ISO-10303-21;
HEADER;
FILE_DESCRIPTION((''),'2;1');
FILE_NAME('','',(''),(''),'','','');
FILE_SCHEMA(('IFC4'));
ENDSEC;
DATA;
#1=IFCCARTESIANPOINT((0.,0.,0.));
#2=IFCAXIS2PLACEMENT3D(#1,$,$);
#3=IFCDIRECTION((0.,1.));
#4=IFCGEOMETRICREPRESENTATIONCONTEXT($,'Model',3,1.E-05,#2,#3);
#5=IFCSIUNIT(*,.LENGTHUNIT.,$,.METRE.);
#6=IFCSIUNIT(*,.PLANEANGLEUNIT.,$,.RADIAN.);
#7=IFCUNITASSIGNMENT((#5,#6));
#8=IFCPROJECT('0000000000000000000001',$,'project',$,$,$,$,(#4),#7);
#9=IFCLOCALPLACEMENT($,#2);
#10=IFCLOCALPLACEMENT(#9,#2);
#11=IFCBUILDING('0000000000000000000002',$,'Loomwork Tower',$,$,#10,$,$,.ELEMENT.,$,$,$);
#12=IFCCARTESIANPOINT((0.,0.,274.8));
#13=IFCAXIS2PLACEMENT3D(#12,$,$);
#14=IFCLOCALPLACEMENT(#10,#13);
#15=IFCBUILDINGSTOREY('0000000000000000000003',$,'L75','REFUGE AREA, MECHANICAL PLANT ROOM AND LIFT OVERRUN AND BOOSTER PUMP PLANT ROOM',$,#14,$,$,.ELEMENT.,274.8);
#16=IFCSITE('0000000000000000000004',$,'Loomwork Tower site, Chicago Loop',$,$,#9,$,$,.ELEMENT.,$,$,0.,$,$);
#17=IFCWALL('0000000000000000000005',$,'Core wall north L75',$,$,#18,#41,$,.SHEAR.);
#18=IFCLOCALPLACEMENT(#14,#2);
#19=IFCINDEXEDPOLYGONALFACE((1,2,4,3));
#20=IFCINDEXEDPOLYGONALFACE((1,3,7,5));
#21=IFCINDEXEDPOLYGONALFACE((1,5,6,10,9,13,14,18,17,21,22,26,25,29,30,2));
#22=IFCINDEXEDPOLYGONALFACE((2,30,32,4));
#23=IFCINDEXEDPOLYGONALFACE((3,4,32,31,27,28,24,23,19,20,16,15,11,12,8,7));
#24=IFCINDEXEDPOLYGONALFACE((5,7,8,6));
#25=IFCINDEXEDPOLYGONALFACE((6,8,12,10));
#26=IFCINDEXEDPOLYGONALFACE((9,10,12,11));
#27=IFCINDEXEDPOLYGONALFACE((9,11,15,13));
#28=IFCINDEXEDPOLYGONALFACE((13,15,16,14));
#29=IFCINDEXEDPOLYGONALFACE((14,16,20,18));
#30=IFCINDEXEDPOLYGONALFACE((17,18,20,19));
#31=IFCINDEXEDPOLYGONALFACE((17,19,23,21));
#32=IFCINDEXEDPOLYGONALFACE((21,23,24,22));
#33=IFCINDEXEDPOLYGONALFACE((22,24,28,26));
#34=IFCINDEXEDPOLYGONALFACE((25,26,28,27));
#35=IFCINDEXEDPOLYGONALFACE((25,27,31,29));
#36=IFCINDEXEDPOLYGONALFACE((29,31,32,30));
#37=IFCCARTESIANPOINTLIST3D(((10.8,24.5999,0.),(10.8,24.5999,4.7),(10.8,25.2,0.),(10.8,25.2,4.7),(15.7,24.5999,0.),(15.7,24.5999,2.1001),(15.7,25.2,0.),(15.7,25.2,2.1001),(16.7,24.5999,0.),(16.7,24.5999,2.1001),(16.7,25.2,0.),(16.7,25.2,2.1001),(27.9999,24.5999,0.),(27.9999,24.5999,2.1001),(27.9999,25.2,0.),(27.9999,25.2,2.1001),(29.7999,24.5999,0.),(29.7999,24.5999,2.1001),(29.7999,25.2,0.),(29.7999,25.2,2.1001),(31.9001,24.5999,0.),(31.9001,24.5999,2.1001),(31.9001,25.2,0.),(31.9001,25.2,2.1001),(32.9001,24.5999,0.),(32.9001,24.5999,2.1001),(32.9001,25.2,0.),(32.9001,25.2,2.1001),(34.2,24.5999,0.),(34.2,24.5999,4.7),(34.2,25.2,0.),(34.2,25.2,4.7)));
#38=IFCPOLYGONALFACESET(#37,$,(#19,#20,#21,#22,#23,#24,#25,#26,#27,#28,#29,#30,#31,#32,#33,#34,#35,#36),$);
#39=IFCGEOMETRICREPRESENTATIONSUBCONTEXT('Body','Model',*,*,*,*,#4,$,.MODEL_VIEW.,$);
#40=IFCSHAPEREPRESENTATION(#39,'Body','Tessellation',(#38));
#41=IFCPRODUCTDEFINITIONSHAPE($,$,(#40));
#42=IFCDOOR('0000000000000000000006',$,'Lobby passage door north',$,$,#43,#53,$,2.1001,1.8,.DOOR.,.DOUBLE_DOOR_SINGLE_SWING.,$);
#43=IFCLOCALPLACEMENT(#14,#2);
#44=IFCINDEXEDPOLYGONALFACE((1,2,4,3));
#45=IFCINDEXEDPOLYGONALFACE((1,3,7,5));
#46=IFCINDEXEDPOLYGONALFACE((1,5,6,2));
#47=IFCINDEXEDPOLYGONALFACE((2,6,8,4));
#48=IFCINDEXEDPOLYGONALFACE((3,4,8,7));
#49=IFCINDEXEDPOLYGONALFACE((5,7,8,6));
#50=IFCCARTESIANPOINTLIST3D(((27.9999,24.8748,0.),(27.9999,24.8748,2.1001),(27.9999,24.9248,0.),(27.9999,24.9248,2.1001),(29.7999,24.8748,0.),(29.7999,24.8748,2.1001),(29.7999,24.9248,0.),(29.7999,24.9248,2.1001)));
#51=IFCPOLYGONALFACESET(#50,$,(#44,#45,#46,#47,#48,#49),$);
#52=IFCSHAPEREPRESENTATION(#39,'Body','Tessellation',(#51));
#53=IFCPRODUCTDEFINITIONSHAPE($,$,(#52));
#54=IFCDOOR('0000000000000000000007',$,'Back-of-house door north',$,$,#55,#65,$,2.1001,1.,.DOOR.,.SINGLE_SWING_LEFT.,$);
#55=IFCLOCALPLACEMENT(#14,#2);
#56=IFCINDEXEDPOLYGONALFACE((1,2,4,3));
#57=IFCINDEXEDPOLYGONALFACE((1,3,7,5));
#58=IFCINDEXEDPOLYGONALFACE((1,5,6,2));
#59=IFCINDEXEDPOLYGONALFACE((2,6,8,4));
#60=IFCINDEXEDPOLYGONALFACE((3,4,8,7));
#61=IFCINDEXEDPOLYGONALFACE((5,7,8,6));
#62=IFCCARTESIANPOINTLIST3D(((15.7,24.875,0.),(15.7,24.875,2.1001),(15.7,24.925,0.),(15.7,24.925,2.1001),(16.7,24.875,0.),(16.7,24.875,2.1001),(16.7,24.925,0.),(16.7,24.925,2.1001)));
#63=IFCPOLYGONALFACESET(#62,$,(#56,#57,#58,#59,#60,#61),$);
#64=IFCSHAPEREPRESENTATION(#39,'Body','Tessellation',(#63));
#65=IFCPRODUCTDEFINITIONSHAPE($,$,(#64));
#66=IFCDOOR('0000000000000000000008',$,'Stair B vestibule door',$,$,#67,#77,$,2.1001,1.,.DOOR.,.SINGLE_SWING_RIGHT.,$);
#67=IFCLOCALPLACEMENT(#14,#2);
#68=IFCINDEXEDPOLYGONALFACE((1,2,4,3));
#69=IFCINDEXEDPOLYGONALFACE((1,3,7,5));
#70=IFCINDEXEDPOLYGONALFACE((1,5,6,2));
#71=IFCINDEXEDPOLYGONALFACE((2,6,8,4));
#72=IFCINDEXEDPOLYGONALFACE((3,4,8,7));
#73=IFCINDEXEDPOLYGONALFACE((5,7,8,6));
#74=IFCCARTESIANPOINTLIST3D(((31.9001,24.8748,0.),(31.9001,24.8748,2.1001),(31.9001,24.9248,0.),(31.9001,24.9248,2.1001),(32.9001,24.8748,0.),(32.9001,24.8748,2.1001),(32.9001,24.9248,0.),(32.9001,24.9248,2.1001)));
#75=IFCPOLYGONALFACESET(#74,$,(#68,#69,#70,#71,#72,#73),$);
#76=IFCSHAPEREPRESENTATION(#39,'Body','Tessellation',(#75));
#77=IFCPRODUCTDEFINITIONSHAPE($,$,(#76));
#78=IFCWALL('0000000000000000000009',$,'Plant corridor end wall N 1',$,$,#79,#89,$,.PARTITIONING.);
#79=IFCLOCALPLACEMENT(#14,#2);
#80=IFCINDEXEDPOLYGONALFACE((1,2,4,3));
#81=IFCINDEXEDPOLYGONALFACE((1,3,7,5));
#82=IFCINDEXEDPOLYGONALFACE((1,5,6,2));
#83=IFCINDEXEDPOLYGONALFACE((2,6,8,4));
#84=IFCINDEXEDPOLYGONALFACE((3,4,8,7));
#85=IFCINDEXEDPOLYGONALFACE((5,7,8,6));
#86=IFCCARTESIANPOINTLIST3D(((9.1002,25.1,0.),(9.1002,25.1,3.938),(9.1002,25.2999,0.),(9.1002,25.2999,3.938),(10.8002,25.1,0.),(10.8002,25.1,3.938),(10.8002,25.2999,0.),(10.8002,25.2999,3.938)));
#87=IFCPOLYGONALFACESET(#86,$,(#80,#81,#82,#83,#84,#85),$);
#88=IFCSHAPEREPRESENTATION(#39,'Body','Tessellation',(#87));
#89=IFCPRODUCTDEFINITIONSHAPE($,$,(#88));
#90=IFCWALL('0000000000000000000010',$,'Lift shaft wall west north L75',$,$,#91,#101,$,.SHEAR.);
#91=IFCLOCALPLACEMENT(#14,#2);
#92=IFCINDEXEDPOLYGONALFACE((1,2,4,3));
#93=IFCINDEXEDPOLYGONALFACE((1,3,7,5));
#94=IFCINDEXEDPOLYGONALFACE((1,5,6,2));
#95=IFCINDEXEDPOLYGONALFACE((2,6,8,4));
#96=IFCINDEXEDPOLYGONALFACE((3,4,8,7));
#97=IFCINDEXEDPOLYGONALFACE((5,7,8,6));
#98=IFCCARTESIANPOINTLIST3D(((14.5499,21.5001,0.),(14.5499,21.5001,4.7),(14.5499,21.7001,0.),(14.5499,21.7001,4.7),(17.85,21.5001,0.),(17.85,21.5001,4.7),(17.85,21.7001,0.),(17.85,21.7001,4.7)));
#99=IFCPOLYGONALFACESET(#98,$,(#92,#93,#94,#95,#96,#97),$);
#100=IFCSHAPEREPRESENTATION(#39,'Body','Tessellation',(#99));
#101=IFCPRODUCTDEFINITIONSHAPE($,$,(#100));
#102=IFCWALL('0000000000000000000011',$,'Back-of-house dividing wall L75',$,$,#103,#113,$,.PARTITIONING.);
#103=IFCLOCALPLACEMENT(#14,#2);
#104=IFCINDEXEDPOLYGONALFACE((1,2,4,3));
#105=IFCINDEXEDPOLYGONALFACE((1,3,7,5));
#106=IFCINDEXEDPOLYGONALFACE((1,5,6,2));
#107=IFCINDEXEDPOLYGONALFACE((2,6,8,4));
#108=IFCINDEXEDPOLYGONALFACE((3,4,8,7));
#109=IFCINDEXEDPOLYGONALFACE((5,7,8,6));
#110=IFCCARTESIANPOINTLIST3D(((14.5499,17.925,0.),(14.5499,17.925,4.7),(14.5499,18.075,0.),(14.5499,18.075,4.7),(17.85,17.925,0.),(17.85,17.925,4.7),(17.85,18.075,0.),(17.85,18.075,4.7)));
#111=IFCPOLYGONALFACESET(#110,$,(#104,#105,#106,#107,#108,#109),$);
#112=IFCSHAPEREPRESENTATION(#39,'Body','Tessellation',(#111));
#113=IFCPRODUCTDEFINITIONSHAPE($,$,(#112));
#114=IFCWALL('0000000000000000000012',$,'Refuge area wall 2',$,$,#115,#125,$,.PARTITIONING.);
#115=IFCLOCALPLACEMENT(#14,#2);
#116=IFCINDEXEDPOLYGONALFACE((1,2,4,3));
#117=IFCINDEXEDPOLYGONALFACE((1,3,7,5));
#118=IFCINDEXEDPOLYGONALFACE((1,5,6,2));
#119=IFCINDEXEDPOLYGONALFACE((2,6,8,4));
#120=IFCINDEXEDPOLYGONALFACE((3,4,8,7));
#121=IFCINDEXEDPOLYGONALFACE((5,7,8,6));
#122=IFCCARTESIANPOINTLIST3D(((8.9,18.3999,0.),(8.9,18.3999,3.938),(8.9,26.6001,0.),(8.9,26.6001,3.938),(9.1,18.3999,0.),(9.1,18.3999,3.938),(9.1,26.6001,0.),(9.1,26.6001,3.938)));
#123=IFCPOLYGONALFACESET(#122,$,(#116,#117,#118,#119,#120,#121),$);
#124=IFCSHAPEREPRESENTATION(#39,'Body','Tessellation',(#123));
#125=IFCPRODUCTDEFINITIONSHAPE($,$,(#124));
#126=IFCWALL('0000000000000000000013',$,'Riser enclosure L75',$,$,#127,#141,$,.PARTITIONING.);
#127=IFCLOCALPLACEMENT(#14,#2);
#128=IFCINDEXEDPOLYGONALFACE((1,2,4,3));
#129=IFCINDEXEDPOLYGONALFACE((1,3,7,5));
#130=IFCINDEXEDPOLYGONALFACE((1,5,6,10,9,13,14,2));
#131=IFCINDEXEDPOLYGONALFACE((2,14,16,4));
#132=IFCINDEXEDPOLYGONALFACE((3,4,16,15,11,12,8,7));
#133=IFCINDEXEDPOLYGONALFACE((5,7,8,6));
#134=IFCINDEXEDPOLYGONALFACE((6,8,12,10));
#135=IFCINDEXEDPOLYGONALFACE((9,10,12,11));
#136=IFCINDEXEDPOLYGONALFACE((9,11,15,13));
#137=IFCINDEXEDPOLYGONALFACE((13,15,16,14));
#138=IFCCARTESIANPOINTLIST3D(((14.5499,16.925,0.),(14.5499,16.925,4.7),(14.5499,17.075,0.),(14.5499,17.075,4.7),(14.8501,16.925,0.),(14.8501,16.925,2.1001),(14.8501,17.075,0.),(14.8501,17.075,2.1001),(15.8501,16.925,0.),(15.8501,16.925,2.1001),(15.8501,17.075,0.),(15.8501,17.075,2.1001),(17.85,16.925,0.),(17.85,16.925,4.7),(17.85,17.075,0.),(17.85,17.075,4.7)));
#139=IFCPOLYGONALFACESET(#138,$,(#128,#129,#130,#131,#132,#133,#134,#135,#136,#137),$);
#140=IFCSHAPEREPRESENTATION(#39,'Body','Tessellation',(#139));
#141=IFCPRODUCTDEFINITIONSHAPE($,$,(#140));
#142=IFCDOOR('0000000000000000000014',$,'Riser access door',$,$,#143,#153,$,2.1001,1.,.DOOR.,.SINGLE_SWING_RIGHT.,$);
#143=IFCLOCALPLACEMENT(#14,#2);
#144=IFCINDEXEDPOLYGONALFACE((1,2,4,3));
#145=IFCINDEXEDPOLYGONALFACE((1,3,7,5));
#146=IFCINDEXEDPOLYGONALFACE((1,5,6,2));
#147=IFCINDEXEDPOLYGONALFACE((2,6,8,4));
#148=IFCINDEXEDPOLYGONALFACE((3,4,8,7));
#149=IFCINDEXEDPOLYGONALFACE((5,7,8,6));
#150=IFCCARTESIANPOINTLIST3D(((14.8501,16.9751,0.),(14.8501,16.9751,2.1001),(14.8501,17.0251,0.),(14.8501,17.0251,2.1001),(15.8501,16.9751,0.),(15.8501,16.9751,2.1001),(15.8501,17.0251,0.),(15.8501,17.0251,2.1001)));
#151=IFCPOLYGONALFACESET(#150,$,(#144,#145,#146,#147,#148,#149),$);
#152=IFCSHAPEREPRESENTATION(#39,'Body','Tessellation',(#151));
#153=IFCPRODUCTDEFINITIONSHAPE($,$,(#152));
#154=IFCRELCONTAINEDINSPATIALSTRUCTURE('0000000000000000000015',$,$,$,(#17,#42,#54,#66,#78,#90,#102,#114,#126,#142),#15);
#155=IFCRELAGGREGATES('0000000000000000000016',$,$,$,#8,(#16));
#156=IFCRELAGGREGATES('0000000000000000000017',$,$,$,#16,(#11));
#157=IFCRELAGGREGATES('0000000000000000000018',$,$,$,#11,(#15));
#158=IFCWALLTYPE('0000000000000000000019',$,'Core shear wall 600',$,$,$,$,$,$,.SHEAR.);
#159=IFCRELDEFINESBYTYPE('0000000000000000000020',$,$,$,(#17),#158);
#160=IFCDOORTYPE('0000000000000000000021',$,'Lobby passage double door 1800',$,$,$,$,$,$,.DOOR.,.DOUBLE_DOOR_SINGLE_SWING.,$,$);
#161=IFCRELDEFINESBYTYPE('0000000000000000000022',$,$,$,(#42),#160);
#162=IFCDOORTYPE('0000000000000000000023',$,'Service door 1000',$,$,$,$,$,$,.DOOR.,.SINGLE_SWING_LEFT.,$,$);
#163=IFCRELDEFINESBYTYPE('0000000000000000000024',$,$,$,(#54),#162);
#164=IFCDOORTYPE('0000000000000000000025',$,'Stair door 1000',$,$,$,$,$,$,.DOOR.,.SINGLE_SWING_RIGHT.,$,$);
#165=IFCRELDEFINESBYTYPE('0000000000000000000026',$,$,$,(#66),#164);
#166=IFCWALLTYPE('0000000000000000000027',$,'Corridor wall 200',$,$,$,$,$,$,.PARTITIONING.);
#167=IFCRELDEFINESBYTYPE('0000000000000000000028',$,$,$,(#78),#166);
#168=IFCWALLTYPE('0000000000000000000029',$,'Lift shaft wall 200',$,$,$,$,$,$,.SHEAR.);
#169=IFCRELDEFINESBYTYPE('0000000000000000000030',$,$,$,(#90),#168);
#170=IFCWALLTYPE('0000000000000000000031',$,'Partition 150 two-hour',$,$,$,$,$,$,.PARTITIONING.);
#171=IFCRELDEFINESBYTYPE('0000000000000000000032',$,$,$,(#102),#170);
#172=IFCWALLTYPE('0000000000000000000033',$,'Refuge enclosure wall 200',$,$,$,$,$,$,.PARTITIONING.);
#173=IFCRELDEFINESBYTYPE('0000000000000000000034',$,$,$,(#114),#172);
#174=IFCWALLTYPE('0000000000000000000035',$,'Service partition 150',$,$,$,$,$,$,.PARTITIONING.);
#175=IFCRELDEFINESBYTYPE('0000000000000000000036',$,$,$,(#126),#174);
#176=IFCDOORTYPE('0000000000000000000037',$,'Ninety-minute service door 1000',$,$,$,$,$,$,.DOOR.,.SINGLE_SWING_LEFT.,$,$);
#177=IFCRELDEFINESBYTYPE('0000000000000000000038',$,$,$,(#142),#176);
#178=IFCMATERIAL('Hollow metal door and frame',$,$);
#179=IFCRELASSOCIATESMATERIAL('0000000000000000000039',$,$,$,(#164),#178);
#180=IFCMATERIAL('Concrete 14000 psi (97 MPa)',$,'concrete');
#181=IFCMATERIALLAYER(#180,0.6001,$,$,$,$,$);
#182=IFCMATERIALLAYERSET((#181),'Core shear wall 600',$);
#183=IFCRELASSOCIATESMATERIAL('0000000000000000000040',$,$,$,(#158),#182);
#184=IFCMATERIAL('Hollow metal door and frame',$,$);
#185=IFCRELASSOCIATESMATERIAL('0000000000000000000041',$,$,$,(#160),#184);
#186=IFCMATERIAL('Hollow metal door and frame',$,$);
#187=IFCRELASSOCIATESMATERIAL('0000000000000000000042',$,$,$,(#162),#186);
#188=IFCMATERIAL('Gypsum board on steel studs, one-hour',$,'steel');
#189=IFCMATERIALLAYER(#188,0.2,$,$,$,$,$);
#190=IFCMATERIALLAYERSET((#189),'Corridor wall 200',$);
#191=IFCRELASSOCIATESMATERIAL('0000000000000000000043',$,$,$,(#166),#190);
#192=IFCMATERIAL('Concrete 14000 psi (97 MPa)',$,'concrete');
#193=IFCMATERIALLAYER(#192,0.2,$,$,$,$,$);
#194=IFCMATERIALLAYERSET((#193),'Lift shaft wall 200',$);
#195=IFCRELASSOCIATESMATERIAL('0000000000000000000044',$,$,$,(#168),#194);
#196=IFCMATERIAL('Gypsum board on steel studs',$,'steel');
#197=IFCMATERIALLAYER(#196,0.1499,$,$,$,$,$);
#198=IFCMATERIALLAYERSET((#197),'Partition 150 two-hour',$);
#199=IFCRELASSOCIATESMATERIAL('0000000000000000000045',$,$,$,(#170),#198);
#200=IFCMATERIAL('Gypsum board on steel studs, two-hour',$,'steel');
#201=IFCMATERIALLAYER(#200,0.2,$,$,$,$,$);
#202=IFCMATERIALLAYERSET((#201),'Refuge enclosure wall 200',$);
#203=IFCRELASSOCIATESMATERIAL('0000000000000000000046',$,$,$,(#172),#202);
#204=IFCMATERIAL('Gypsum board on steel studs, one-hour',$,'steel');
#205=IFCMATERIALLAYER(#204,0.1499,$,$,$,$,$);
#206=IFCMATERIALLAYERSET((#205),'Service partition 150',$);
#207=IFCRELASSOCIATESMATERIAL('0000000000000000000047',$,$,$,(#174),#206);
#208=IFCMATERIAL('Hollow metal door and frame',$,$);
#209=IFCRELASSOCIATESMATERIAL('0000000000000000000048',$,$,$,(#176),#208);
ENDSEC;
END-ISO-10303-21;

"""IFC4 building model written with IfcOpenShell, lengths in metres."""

from ifc_helpers import new_model, si_unit, direction, frame, frame_2d, origin, place, context, subcontext, project, spatial, rectangle, extrude, material, layer, layer_set, type_object, element, fill, save


model = new_model("IFC4")

# Units and contexts
model_context = context("Model", 3, precision=1e-05, world=origin(), true_north=direction((0.0, 1.0)))
body_context = subcontext(model_context, "Body", "Model", "MODEL_VIEW")
ifc_project = project(units=[si_unit("LENGTHUNIT", "METRE"), si_unit("PLANEANGLEUNIT", "RADIAN")], contexts=[model_context])

# Site, building, storey
site_placement = place(None, origin())
site = spatial("IfcSite", under=ifc_project, at=site_placement, Name="Loomwork Tower site, Chicago Loop", CompositionType="ELEMENT", RefElevation=0.0)
building_placement = place(site_placement, origin())
building = spatial("IfcBuilding", under=site, at=building_placement, Name="Loomwork Tower", CompositionType="ELEMENT")
storey_placement = place(building_placement, frame((0.0, 0.0, 274.8)))
storey = spatial("IfcBuildingStorey", under=building, at=storey_placement, Name="L75", Description="REFUGE AREA, MECHANICAL PLANT ROOM AND LIFT OVERRUN AND BOOSTER PUMP PLANT ROOM", CompositionType="ELEMENT", Elevation=274.8)

# Shared definitions
ifc_material_1 = material(Name="Hollow metal door and frame")
door_type_1 = type_object("IfcDoorType", Name="Stair door 1000", OperationType="SINGLE_SWING_RIGHT", PredefinedType="DOOR", material=ifc_material_1)

# Wall, openings, doors
ifc_material_2 = material(Name="Concrete 14000 psi (97 MPa)", Category="concrete")
ifc_layer_1 = layer(ifc_material_2, 0.6001)
ifc_layer_set_1 = layer_set([ifc_layer_1], Name="Core shear wall 600")
wall_type_1 = type_object("IfcWallType", Name="Core shear wall 600", PredefinedType="SHEAR", material=ifc_layer_set_1)
wall_1_placement = place(storey_placement, frame((10.8, 24.8999, 0.0), z_axis=(0.0, 0.0, 1.0), x_axis=(1.0, 0.0, 0.0)))
wall_1 = element("IfcWall", 1, at=wall_1_placement, inside=storey, type_object=wall_type_1, Name="Core wall north L75", PredefinedType="SHEAR", context=body_context, shape_type="SweptSolid", body=[
    extrude(rectangle(XDim=23.3999, YDim=0.6001, at=frame_2d((11.7, 0.0))), origin(), (0.0, 0.0, 1.0), 4.7),
])
opening_1_placement = place(wall_1_placement, frame((17.2, 0.0, 0.0)))
opening_1 = element("IfcOpeningElement", 2, at=opening_1_placement, cuts=wall_1, PredefinedType="OPENING", context=body_context, shape_type="SweptSolid", body=[
    extrude(rectangle(XDim=1.8, YDim=2.1001, at=frame_2d((0.8999, 1.05))), frame((0.0, 0.3101, 0.0), z_axis=(0.0, -1.0, 0.0), x_axis=(1.0, 0.0, 0.0)), (0.0, 0.0, 1.0), 0.6201),
])
opening_2_placement = place(wall_1_placement, frame((21.1001, 0.0, 0.0)))
opening_2 = element("IfcOpeningElement", 3, at=opening_2_placement, cuts=wall_1, PredefinedType="OPENING", context=body_context, shape_type="SweptSolid", body=[
    extrude(rectangle(XDim=1.0, YDim=2.1001, at=frame_2d((0.5, 1.05))), frame((0.0, 0.3101, 0.0), z_axis=(0.0, -1.0, 0.0), x_axis=(1.0, 0.0, 0.0)), (0.0, 0.0, 1.0), 0.6201),
])
opening_3_placement = place(wall_1_placement, frame((4.8999, 0.0, 0.0)))
opening_3 = element("IfcOpeningElement", 4, at=opening_3_placement, cuts=wall_1, PredefinedType="OPENING", context=body_context, shape_type="SweptSolid", body=[
    extrude(rectangle(XDim=1.0, YDim=2.1001, at=frame_2d((0.5, 1.05))), frame((0.0, 0.3101, 0.0), z_axis=(0.0, -1.0, 0.0), x_axis=(1.0, 0.0, 0.0)), (0.0, 0.0, 1.0), 0.6201),
])
ifc_material_3 = material(Name="Hollow metal door and frame")
door_type_2 = type_object("IfcDoorType", Name="Lobby passage double door 1800", OperationType="DOUBLE_DOOR_SINGLE_SWING", PredefinedType="DOOR", material=ifc_material_3)
door_1_placement = place(opening_1_placement, origin())
door_1 = element("IfcDoor", 5, at=door_1_placement, inside=storey, type_object=door_type_2, Name="Lobby passage door north", OperationType="DOUBLE_DOOR_SINGLE_SWING", OverallHeight=2.1001, OverallWidth=1.8, PredefinedType="DOOR", context=body_context, shape_type="SweptSolid", body=[
    extrude(rectangle(XDim=1.8, YDim=2.1001, at=frame_2d((0.8999, 1.05))), frame((0.0, 0.0249, 0.0), z_axis=(0.0, -1.0, 0.0), x_axis=(1.0, 0.0, 0.0)), (0.0, 0.0, 1.0), 0.05),
])
fill(opening_1, door_1)
ifc_material_4 = material(Name="Hollow metal door and frame")
door_type_3 = type_object("IfcDoorType", Name="Service door 1000", OperationType="SINGLE_SWING_LEFT", PredefinedType="DOOR", material=ifc_material_4)
door_2_placement = place(opening_3_placement, frame((1.0, 0.0, 0.0), z_axis=(0.0, 0.0, 1.0), x_axis=(-1.0, 0.0, 0.0)))
door_2 = element("IfcDoor", 6, at=door_2_placement, inside=storey, type_object=door_type_3, Name="Back-of-house door north", OperationType="SINGLE_SWING_LEFT", OverallHeight=2.1001, OverallWidth=1.0, PredefinedType="DOOR", context=body_context, shape_type="SweptSolid", body=[
    extrude(rectangle(XDim=1.0, YDim=2.1001, at=frame_2d((0.5, 1.05))), frame((0.0, 0.0249, 0.0), z_axis=(0.0, -1.0, 0.0), x_axis=(1.0, 0.0, 0.0)), (0.0, 0.0, 1.0), 0.05),
])
fill(opening_3, door_2)
door_3_placement = place(opening_2_placement, origin())
door_3 = element("IfcDoor", 7, at=door_3_placement, inside=storey, type_object=door_type_1, Name="Stair B vestibule door", OperationType="SINGLE_SWING_RIGHT", OverallHeight=2.1001, OverallWidth=1.0, PredefinedType="DOOR", context=body_context, shape_type="SweptSolid", body=[
    extrude(rectangle(XDim=1.0, YDim=2.1001, at=frame_2d((0.5, 1.05))), frame((0.0, 0.0249, 0.0), z_axis=(0.0, -1.0, 0.0), x_axis=(1.0, 0.0, 0.0)), (0.0, 0.0, 1.0), 0.05),
])
fill(opening_2, door_3)

# Walls
ifc_material_5 = material(Name="Gypsum board on steel studs, one-hour", Category="steel")
ifc_layer_2 = layer(ifc_material_5, 0.2)
ifc_layer_set_2 = layer_set([ifc_layer_2], Name="Corridor wall 200")
wall_type_2 = type_object("IfcWallType", Name="Corridor wall 200", PredefinedType="PARTITIONING", material=ifc_layer_set_2)
wall_2_placement = place(storey_placement, frame((9.1001, 25.2, 0.0), z_axis=(0.0, 0.0, 1.0), x_axis=(1.0, 0.0, 0.0)))
element("IfcWall", 8, at=wall_2_placement, inside=storey, type_object=wall_type_2, Name="Plant corridor end wall N 1", PredefinedType="PARTITIONING", context=body_context, shape_type="SweptSolid", body=[
    extrude(rectangle(XDim=1.7, YDim=0.2, at=frame_2d((0.8501, 0.0))), origin(), (0.0, 0.0, 1.0), 3.938),
])
ifc_material_6 = material(Name="Concrete 14000 psi (97 MPa)", Category="concrete")
ifc_layer_3 = layer(ifc_material_6, 0.2)
ifc_layer_set_3 = layer_set([ifc_layer_3], Name="Lift shaft wall 200")
wall_type_3 = type_object("IfcWallType", Name="Lift shaft wall 200", PredefinedType="SHEAR", material=ifc_layer_set_3)
wall_3_placement = place(storey_placement, frame((14.55, 21.6001, 0.0), z_axis=(0.0, 0.0, 1.0), x_axis=(1.0, 0.0, 0.0)))
element("IfcWall", 9, at=wall_3_placement, inside=storey, type_object=wall_type_3, Name="Lift shaft wall west north L75", PredefinedType="SHEAR", context=body_context, shape_type="SweptSolid", body=[
    extrude(rectangle(XDim=3.3, YDim=0.2, at=frame_2d((1.6499, 0.0))), origin(), (0.0, 0.0, 1.0), 4.7),
])
ifc_material_7 = material(Name="Gypsum board on steel studs", Category="steel")
ifc_layer_4 = layer(ifc_material_7, 0.1499)
ifc_layer_set_4 = layer_set([ifc_layer_4], Name="Partition 150 two-hour")
wall_type_4 = type_object("IfcWallType", Name="Partition 150 two-hour", PredefinedType="PARTITIONING", material=ifc_layer_set_4)
wall_4_placement = place(storey_placement, frame((14.55, 18.0, 0.0), z_axis=(0.0, 0.0, 1.0), x_axis=(1.0, 0.0, 0.0)))
element("IfcWall", 10, at=wall_4_placement, inside=storey, type_object=wall_type_4, Name="Back-of-house dividing wall L75", PredefinedType="PARTITIONING", context=body_context, shape_type="SweptSolid", body=[
    extrude(rectangle(XDim=3.3, YDim=0.1499, at=frame_2d((1.6499, 0.0))), origin(), (0.0, 0.0, 1.0), 4.7),
])
ifc_material_8 = material(Name="Gypsum board on steel studs, two-hour", Category="steel")
ifc_layer_5 = layer(ifc_material_8, 0.2)
ifc_layer_set_5 = layer_set([ifc_layer_5], Name="Refuge enclosure wall 200")
wall_type_5 = type_object("IfcWallType", Name="Refuge enclosure wall 200", PredefinedType="PARTITIONING", material=ifc_layer_set_5)
wall_5_placement = place(storey_placement, frame((9.0, 18.3999, 0.0), z_axis=(0.0, 0.0, 1.0), x_axis=(0.0, 1.0, 0.0)))
element("IfcWall", 11, at=wall_5_placement, inside=storey, type_object=wall_type_5, Name="Refuge area wall 2", PredefinedType="PARTITIONING", context=body_context, shape_type="SweptSolid", body=[
    extrude(rectangle(XDim=8.2002, YDim=0.2, at=frame_2d((4.1001, 0.0))), origin(), (0.0, 0.0, 1.0), 3.938),
])

# Wall, opening, door
ifc_material_9 = material(Name="Gypsum board on steel studs, one-hour", Category="steel")
ifc_layer_6 = layer(ifc_material_9, 0.1499)
ifc_layer_set_6 = layer_set([ifc_layer_6], Name="Service partition 150")
wall_type_6 = type_object("IfcWallType", Name="Service partition 150", PredefinedType="PARTITIONING", material=ifc_layer_set_6)
wall_6_placement = place(storey_placement, frame((14.55, 17.0, 0.0), z_axis=(0.0, 0.0, 1.0), x_axis=(1.0, 0.0, 0.0)))
wall_6 = element("IfcWall", 12, at=wall_6_placement, inside=storey, type_object=wall_type_6, Name="Riser enclosure L75", PredefinedType="PARTITIONING", context=body_context, shape_type="SweptSolid", body=[
    extrude(rectangle(XDim=3.3, YDim=0.1499, at=frame_2d((1.6499, 0.0))), origin(), (0.0, 0.0, 1.0), 4.7),
])
opening_4_placement = place(wall_6_placement, frame((0.3, 0.0, 0.0)))
opening_4 = element("IfcOpeningElement", 13, at=opening_4_placement, cuts=wall_6, PredefinedType="OPENING", context=body_context, shape_type="SweptSolid", body=[
    extrude(rectangle(XDim=1.0, YDim=2.1001, at=frame_2d((0.5, 1.05))), frame((0.0, 0.085, 0.0), z_axis=(0.0, -1.0, 0.0), x_axis=(1.0, 0.0, 0.0)), (0.0, 0.0, 1.0), 0.1699),
])
ifc_material_10 = material(Name="Hollow metal door and frame")
door_type_4 = type_object("IfcDoorType", Name="Ninety-minute service door 1000", OperationType="SINGLE_SWING_LEFT", PredefinedType="DOOR", material=ifc_material_10)
door_4_placement = place(opening_4_placement, frame((1.0, 0.0, 0.0), z_axis=(0.0, 0.0, 1.0), x_axis=(-1.0, 0.0, 0.0)))
door_4 = element("IfcDoor", 14, at=door_4_placement, inside=storey, type_object=door_type_4, Name="Riser access door", OperationType="SINGLE_SWING_RIGHT", OverallHeight=2.1001, OverallWidth=1.0, PredefinedType="DOOR", context=body_context, shape_type="SweptSolid", body=[
    extrude(rectangle(XDim=1.0, YDim=2.1001, at=frame_2d((0.5, 1.05))), frame((0.0, 0.0249, 0.0), z_axis=(0.0, -1.0, 0.0), x_axis=(1.0, 0.0, 0.0)), (0.0, 0.0, 1.0), 0.05),
])
fill(opening_4, door_4)

save(model, "model.ifc")
